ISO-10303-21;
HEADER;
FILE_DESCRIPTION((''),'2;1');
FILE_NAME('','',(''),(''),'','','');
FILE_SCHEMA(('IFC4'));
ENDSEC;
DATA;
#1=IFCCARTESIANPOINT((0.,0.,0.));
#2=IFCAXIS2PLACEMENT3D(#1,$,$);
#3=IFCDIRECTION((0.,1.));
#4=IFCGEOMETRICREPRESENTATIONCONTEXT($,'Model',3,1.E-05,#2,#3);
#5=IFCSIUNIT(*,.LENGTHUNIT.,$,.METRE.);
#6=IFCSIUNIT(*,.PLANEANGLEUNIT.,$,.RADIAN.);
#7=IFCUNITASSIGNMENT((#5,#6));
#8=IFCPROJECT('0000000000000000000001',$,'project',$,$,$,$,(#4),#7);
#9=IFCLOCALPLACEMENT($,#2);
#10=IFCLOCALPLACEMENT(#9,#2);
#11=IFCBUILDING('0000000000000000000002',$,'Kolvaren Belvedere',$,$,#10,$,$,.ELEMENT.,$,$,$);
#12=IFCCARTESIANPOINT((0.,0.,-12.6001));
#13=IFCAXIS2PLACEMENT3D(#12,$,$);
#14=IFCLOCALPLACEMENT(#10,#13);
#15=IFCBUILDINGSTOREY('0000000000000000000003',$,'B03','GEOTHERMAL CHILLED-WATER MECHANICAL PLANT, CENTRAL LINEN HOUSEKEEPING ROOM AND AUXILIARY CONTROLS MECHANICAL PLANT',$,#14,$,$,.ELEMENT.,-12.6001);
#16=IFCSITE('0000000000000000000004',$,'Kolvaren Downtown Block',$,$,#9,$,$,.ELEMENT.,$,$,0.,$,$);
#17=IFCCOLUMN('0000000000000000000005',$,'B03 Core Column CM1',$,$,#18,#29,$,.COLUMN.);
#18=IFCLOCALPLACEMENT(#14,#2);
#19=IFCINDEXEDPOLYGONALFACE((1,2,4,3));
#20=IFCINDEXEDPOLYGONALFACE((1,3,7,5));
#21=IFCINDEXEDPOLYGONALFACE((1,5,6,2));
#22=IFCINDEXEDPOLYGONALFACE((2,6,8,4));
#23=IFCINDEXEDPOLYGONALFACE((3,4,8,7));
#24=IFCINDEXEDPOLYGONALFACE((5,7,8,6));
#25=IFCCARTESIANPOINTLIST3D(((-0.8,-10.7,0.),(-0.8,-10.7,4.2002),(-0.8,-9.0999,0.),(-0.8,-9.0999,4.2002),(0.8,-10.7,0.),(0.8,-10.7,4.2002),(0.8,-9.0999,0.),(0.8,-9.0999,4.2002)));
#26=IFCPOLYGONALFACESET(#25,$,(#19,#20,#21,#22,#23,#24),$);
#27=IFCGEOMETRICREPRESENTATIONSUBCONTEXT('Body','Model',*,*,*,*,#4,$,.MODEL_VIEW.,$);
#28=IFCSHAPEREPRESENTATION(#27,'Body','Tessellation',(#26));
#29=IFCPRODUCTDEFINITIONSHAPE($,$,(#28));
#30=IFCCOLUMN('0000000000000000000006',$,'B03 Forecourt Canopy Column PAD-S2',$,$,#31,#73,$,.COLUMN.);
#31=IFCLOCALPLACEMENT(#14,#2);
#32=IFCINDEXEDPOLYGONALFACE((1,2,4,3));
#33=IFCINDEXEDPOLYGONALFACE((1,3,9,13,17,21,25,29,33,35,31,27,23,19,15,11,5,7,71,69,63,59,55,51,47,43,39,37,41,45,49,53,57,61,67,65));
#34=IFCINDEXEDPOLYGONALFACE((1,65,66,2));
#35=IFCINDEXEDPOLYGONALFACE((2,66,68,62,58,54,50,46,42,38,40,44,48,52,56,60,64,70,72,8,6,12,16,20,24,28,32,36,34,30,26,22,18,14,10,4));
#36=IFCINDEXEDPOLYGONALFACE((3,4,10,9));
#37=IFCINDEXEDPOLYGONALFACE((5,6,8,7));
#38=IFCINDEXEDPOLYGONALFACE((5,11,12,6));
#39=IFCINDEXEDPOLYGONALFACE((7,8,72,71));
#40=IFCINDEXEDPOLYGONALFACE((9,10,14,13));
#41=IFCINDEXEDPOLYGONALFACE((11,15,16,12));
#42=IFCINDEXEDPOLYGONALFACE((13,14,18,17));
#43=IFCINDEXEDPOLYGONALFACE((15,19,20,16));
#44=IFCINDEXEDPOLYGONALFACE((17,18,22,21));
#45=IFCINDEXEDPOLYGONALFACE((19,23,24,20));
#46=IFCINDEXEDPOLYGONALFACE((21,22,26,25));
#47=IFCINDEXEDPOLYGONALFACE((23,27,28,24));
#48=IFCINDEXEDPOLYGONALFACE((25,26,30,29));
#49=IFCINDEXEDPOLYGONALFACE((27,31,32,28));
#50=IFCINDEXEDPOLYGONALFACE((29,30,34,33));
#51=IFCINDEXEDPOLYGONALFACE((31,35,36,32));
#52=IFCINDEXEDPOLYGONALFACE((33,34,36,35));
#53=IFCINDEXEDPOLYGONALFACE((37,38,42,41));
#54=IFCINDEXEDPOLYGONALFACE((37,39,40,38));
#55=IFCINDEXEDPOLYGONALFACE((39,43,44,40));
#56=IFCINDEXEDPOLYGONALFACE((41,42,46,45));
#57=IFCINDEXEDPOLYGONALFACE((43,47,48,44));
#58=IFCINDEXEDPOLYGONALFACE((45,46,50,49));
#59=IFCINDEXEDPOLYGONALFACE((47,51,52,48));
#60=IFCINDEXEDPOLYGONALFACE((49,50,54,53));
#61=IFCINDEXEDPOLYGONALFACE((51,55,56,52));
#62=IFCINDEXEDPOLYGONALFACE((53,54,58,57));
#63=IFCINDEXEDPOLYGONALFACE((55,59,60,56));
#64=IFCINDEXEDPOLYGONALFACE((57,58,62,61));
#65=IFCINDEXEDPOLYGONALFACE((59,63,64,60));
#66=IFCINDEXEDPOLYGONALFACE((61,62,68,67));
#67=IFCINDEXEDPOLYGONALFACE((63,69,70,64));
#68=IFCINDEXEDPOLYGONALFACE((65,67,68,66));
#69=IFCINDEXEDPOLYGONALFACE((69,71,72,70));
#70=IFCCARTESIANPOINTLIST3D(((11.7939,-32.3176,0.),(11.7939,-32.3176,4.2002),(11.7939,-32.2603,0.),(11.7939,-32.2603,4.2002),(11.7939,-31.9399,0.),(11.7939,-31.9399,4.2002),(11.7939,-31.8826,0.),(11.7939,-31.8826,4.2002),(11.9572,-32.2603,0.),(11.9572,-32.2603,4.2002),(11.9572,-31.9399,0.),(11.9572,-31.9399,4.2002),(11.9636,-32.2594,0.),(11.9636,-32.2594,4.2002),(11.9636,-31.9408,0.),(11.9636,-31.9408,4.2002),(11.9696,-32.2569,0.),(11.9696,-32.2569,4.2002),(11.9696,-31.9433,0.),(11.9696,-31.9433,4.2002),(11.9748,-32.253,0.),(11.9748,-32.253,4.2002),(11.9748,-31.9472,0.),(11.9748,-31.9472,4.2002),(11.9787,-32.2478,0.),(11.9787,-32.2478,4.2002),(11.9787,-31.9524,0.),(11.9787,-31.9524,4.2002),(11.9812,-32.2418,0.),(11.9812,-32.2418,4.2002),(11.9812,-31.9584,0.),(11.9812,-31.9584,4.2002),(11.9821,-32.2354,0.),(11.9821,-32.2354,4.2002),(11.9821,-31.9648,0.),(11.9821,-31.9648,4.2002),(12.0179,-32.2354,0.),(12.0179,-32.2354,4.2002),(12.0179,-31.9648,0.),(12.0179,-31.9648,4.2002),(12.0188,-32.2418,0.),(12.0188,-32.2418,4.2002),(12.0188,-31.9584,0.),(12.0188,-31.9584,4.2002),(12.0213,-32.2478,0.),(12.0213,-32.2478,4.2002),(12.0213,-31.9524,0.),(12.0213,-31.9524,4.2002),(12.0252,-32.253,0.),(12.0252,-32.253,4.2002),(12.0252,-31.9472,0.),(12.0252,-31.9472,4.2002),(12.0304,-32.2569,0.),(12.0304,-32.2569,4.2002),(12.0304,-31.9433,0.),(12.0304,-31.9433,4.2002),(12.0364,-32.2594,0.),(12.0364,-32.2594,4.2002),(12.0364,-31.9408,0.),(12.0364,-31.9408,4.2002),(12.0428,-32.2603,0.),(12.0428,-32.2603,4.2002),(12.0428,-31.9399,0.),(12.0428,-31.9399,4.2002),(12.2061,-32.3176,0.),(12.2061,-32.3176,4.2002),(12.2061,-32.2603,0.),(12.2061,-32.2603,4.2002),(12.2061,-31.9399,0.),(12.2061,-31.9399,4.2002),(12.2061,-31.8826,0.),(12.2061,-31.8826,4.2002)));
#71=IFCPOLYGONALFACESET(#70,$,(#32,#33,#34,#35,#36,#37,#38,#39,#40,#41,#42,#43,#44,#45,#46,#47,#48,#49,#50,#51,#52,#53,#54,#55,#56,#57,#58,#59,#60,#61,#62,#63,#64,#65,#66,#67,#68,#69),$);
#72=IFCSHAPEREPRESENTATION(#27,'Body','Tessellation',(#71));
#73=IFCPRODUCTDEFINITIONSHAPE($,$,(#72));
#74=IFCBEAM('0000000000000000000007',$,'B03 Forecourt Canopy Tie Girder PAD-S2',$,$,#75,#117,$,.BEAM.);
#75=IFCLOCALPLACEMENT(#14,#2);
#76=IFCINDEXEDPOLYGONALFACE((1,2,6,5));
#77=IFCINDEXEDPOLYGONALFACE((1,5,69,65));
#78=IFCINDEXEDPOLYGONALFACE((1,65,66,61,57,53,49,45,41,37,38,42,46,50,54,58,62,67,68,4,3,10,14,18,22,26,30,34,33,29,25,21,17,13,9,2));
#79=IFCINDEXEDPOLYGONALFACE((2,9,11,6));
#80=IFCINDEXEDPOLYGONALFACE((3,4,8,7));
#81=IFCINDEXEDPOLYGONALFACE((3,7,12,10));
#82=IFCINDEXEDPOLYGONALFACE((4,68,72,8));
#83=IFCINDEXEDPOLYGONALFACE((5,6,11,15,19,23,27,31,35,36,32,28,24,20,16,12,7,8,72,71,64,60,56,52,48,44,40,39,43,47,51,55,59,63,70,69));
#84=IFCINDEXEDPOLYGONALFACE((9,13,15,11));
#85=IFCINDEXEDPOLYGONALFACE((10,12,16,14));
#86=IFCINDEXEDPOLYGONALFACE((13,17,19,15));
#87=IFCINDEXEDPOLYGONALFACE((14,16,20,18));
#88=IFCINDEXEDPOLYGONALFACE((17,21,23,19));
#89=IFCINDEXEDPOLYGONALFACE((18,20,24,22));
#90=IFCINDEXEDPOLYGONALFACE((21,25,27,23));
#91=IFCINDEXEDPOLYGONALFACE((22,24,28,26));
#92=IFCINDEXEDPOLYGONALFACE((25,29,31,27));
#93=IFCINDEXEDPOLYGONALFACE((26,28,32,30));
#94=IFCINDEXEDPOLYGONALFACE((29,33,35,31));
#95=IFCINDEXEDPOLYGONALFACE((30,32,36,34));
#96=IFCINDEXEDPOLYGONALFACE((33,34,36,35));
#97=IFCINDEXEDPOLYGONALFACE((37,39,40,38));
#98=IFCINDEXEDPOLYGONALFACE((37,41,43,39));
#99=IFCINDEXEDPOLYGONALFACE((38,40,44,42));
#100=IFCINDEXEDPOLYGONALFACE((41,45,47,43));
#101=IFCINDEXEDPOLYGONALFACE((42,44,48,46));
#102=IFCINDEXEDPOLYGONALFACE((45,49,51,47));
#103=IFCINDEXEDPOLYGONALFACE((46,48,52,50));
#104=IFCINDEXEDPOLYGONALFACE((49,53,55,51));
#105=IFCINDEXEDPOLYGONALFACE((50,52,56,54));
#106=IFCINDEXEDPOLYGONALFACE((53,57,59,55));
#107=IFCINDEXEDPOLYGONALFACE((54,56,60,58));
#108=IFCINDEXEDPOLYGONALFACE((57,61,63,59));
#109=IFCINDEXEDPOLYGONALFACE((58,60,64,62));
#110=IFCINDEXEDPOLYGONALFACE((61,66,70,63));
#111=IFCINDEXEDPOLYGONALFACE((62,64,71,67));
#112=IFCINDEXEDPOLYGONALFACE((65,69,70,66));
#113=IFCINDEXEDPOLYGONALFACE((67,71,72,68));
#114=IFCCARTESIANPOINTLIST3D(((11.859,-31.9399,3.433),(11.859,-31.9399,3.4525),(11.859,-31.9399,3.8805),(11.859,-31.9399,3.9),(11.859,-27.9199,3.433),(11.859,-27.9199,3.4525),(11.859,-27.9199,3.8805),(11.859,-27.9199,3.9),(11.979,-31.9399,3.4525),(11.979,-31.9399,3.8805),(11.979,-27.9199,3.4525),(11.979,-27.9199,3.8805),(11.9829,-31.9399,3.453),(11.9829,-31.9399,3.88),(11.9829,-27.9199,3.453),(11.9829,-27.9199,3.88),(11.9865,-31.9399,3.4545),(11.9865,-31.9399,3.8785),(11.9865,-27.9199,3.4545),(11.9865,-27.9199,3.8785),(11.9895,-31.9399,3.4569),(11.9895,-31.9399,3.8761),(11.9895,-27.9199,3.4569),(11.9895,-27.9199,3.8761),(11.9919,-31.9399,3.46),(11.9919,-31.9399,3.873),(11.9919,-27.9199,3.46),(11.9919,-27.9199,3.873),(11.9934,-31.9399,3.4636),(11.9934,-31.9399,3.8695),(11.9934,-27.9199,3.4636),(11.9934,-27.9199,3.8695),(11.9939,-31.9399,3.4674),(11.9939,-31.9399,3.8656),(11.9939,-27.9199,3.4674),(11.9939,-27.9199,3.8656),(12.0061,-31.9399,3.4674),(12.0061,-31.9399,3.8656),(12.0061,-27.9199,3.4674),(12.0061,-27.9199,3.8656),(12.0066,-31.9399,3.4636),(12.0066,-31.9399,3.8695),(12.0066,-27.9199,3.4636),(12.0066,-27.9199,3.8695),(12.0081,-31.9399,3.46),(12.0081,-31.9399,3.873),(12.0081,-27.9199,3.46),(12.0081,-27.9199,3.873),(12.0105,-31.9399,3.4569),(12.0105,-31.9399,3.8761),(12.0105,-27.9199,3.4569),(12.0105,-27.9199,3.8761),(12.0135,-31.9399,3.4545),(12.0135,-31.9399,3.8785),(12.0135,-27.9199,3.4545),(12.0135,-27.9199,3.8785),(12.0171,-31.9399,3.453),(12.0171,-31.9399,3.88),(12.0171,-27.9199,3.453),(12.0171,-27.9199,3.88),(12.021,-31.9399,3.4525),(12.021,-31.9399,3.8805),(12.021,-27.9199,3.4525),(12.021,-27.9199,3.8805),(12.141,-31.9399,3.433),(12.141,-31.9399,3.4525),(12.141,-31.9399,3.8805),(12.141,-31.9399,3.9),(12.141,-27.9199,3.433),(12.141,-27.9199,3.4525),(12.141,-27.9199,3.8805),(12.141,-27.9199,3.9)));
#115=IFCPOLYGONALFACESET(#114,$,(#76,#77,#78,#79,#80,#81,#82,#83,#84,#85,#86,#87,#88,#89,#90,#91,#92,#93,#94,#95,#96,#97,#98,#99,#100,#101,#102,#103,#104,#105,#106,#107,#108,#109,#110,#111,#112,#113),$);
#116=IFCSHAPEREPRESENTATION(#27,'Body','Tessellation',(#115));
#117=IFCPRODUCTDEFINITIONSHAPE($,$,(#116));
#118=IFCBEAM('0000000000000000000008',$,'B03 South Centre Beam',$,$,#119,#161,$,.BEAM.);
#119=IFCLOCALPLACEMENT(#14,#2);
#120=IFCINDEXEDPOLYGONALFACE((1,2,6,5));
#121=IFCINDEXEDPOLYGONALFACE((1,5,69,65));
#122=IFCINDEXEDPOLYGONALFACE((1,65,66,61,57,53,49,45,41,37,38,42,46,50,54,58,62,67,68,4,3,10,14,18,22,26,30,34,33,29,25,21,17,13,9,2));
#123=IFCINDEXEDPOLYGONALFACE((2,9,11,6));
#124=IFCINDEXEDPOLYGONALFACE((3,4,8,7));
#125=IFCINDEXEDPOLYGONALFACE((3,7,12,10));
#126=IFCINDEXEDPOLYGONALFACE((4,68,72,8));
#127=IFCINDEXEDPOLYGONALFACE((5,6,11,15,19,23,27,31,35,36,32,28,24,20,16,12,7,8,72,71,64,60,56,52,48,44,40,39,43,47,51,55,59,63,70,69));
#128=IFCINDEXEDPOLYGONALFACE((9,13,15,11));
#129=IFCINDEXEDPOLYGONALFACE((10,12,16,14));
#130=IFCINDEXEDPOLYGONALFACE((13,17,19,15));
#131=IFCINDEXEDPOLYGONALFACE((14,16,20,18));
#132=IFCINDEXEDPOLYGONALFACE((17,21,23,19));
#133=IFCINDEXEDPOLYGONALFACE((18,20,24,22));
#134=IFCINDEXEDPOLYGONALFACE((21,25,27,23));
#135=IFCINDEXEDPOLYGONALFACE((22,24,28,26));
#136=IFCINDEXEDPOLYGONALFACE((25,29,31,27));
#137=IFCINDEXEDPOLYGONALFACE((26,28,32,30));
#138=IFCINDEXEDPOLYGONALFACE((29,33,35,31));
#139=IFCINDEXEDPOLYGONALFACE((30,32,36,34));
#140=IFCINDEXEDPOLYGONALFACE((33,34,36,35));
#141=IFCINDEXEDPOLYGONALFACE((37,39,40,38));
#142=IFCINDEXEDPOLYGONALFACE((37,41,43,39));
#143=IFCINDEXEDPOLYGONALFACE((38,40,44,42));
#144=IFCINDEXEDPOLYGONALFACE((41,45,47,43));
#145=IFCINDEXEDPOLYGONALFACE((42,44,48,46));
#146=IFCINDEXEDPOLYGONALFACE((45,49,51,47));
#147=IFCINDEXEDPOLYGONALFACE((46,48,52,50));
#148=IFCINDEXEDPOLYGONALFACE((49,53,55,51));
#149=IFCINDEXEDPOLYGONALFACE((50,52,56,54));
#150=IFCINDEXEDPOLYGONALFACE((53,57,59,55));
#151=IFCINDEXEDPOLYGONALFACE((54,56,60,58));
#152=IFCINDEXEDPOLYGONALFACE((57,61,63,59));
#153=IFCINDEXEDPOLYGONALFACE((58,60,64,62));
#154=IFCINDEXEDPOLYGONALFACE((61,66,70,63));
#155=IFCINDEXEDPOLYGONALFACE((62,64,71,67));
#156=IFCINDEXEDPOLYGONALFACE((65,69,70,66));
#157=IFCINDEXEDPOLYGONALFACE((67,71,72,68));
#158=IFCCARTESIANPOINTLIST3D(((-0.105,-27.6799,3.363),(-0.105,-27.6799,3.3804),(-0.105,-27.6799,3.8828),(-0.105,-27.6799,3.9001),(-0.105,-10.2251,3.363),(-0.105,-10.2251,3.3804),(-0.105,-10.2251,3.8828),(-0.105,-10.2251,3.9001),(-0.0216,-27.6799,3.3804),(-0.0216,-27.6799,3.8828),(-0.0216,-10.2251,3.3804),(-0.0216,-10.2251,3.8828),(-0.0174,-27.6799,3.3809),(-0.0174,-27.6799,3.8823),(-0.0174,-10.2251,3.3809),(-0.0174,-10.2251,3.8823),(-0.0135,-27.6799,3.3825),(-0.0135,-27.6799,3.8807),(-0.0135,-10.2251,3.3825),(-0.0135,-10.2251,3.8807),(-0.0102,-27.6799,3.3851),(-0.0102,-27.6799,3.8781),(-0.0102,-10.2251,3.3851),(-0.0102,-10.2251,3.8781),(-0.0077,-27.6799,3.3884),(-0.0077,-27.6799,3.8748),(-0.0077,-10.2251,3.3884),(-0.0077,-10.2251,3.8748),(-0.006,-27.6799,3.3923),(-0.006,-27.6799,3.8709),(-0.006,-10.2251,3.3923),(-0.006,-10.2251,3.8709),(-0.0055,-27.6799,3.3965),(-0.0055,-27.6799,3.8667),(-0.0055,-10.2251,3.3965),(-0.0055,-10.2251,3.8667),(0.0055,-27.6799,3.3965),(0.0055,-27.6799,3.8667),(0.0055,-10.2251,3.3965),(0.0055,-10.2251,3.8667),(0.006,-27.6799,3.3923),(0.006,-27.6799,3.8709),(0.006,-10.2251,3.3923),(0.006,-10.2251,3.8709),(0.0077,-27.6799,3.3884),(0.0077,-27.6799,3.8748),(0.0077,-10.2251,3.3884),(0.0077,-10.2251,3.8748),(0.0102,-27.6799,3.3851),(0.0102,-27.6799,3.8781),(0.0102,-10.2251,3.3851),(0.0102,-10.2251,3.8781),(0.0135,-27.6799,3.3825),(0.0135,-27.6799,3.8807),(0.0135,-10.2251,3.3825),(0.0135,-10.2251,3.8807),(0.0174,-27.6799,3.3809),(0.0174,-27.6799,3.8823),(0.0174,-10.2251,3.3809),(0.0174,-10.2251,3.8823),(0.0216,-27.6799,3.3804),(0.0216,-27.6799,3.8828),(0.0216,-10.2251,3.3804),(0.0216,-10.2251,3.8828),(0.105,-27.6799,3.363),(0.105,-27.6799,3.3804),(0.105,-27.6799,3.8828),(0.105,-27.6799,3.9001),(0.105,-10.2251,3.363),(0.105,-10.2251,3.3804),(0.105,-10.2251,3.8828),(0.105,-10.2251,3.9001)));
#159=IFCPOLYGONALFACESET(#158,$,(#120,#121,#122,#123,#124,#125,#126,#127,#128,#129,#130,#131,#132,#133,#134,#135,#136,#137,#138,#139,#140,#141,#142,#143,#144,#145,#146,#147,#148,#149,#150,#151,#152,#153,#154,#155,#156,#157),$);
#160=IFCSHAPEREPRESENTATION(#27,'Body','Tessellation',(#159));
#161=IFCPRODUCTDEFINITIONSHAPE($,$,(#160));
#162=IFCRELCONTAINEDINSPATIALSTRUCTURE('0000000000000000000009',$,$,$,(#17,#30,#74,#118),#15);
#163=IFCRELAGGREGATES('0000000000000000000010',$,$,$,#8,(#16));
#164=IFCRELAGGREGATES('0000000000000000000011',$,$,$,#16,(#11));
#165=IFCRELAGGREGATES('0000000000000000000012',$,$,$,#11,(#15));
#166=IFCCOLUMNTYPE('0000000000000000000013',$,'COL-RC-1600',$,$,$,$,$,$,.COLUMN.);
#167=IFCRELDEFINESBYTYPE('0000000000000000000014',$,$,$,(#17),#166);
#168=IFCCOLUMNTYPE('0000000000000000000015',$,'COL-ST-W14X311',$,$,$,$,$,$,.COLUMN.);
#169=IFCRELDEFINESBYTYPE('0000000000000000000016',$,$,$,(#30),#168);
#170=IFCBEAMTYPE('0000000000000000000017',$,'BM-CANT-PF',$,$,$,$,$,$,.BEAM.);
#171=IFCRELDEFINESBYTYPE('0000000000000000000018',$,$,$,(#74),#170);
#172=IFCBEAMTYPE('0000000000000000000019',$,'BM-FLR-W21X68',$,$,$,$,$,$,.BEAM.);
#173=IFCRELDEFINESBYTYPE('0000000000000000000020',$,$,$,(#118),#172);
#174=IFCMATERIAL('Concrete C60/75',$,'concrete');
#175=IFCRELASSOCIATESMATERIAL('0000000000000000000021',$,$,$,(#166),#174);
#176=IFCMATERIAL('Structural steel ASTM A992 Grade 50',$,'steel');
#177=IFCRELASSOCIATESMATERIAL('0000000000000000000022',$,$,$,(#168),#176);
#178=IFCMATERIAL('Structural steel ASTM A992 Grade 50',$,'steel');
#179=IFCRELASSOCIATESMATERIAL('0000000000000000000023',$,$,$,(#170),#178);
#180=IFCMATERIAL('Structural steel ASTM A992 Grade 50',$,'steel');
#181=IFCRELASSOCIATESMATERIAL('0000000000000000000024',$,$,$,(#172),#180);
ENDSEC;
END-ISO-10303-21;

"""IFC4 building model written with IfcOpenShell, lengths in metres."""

from ifc_helpers import new_model, si_unit, direction, frame, origin, origin_2d, place, context, subcontext, project, spatial, rectangle, i_section, extrude, material, material_profile, profile_set, type_object, element, save


model = new_model("IFC4")

# Units and contexts
model_context = context("Model", 3, precision=1e-05, world=origin(), true_north=direction((0.0, 1.0)))
body_context = subcontext(model_context, "Body", "Model", "MODEL_VIEW")
ifc_project = project(units=[si_unit("LENGTHUNIT", "METRE"), si_unit("PLANEANGLEUNIT", "RADIAN")], contexts=[model_context])

# Site, building, storey
site_placement = place(None, origin())
site = spatial("IfcSite", under=ifc_project, at=site_placement, Name="Kolvaren Downtown Block", CompositionType="ELEMENT", RefElevation=0.0)
building_placement = place(site_placement, origin())
building = spatial("IfcBuilding", under=site, at=building_placement, Name="Kolvaren Belvedere", CompositionType="ELEMENT")
storey_placement = place(building_placement, frame((0.0, 0.0, -12.6001)))
storey = spatial("IfcBuildingStorey", under=building, at=storey_placement, Name="B03", Description="GEOTHERMAL CHILLED-WATER MECHANICAL PLANT, CENTRAL LINEN HOUSEKEEPING ROOM AND AUXILIARY CONTROLS MECHANICAL PLANT", CompositionType="ELEMENT", Elevation=-12.6001)

# Columns
ifc_material_1 = material(Name="Concrete C60/75", Category="concrete")
ifc_material_profile_1 = material_profile(ifc_material_1, rectangle(XDim=1.6001, YDim=1.6001, at=origin_2d()), Name="RC 1600X1600")
ifc_profile_set_1 = profile_set([ifc_material_profile_1], Name="Concrete C60/75")
column_type_1 = type_object("IfcColumnType", Name="COL-RC-1600", PredefinedType="COLUMN", material=ifc_profile_set_1)
column_1_placement = place(storey_placement, frame((0.0, -9.8999, 0.0), z_axis=(0.0, 0.0, 1.0), x_axis=(1.0, 0.0, 0.0)))
element("IfcColumn", 1, at=column_1_placement, inside=storey, type_object=column_type_1, Name="B03 Core Column CM1", PredefinedType="COLUMN", context=body_context, shape_type="SweptSolid", body=[
    extrude(rectangle(XDim=1.6001, YDim=1.6001, at=origin_2d()), origin(), (0.0, 0.0, 1.0), 4.2002),
])
ifc_material_2 = material(Name="Structural steel ASTM A992 Grade 50", Category="steel")
ifc_material_profile_2 = material_profile(ifc_material_2, i_section(OverallWidth=0.4121, OverallDepth=0.4351, WebThickness=0.0359, FlangeThickness=0.0574, FilletRadius=0.0249, at=origin_2d()), Name="W14X311")
ifc_profile_set_2 = profile_set([ifc_material_profile_2], Name="Structural steel ASTM A992 Grade 50")
column_type_2 = type_object("IfcColumnType", Name="COL-ST-W14X311", PredefinedType="COLUMN", material=ifc_profile_set_2)
column_2_placement = place(storey_placement, frame((12.0, -32.1001, 0.0), z_axis=(0.0, 0.0, 1.0), x_axis=(1.0, 0.0, 0.0)))
element("IfcColumn", 2, at=column_2_placement, inside=storey, type_object=column_type_2, Name="B03 Forecourt Canopy Column PAD-S2", PredefinedType="COLUMN", context=body_context, shape_type="SweptSolid", body=[
    extrude(i_section(OverallWidth=0.4121, OverallDepth=0.4351, WebThickness=0.0359, FlangeThickness=0.0574, FilletRadius=0.0249, at=origin_2d()), origin(), (0.0, 0.0, 1.0), 4.2002),
])

# Beams
ifc_material_3 = material(Name="Structural steel ASTM A992 Grade 50", Category="steel")
ifc_material_profile_3 = material_profile(ifc_material_3, i_section(OverallWidth=0.282, OverallDepth=0.467, WebThickness=0.0122, FlangeThickness=0.0195, FilletRadius=0.0149, at=origin_2d()), Name="W18X86")
ifc_profile_set_3 = profile_set([ifc_material_profile_3], Name="Structural steel ASTM A992 Grade 50")
beam_type_1 = type_object("IfcBeamType", Name="BM-CANT-PF", PredefinedType="BEAM", material=ifc_profile_set_3)
beam_1_placement = place(storey_placement, frame((12.0, -31.9399, 3.6665), z_axis=(0.0, 1.0, 0.0), x_axis=(-1.0, 0.0, 0.0)))
element("IfcBeam", 3, at=beam_1_placement, inside=storey, type_object=beam_type_1, Name="B03 Forecourt Canopy Tie Girder PAD-S2", PredefinedType="BEAM", context=body_context, shape_type="SweptSolid", body=[
    extrude(i_section(OverallWidth=0.282, OverallDepth=0.467, WebThickness=0.0122, FlangeThickness=0.0195, FilletRadius=0.0149, at=origin_2d()), origin(), (0.0, 0.0, 1.0), 4.02),
])
ifc_material_4 = material(Name="Structural steel ASTM A992 Grade 50", Category="steel")
ifc_material_profile_4 = material_profile(ifc_material_4, i_section(OverallWidth=0.21, OverallDepth=0.5371, WebThickness=0.011, FlangeThickness=0.0173, FilletRadius=0.0161, at=origin_2d()), Name="W21X68")
ifc_profile_set_4 = profile_set([ifc_material_profile_4], Name="Structural steel ASTM A992 Grade 50")
beam_type_2 = type_object("IfcBeamType", Name="BM-FLR-W21X68", PredefinedType="BEAM", material=ifc_profile_set_4)
beam_2_placement = place(storey_placement, frame((0.0, -10.2251, 3.6316), z_axis=(0.0, -1.0, 0.0), x_axis=(1.0, 0.0, 0.0)))
element("IfcBeam", 4, at=beam_2_placement, inside=storey, type_object=beam_type_2, Name="B03 South Centre Beam", PredefinedType="BEAM", context=body_context, shape_type="SweptSolid", body=[
    extrude(i_section(OverallWidth=0.21, OverallDepth=0.5371, WebThickness=0.011, FlangeThickness=0.0173, FilletRadius=0.0161, at=origin_2d()), origin(), (0.0, 0.0, 1.0), 17.4548),
])

save(model, "model.ifc")
